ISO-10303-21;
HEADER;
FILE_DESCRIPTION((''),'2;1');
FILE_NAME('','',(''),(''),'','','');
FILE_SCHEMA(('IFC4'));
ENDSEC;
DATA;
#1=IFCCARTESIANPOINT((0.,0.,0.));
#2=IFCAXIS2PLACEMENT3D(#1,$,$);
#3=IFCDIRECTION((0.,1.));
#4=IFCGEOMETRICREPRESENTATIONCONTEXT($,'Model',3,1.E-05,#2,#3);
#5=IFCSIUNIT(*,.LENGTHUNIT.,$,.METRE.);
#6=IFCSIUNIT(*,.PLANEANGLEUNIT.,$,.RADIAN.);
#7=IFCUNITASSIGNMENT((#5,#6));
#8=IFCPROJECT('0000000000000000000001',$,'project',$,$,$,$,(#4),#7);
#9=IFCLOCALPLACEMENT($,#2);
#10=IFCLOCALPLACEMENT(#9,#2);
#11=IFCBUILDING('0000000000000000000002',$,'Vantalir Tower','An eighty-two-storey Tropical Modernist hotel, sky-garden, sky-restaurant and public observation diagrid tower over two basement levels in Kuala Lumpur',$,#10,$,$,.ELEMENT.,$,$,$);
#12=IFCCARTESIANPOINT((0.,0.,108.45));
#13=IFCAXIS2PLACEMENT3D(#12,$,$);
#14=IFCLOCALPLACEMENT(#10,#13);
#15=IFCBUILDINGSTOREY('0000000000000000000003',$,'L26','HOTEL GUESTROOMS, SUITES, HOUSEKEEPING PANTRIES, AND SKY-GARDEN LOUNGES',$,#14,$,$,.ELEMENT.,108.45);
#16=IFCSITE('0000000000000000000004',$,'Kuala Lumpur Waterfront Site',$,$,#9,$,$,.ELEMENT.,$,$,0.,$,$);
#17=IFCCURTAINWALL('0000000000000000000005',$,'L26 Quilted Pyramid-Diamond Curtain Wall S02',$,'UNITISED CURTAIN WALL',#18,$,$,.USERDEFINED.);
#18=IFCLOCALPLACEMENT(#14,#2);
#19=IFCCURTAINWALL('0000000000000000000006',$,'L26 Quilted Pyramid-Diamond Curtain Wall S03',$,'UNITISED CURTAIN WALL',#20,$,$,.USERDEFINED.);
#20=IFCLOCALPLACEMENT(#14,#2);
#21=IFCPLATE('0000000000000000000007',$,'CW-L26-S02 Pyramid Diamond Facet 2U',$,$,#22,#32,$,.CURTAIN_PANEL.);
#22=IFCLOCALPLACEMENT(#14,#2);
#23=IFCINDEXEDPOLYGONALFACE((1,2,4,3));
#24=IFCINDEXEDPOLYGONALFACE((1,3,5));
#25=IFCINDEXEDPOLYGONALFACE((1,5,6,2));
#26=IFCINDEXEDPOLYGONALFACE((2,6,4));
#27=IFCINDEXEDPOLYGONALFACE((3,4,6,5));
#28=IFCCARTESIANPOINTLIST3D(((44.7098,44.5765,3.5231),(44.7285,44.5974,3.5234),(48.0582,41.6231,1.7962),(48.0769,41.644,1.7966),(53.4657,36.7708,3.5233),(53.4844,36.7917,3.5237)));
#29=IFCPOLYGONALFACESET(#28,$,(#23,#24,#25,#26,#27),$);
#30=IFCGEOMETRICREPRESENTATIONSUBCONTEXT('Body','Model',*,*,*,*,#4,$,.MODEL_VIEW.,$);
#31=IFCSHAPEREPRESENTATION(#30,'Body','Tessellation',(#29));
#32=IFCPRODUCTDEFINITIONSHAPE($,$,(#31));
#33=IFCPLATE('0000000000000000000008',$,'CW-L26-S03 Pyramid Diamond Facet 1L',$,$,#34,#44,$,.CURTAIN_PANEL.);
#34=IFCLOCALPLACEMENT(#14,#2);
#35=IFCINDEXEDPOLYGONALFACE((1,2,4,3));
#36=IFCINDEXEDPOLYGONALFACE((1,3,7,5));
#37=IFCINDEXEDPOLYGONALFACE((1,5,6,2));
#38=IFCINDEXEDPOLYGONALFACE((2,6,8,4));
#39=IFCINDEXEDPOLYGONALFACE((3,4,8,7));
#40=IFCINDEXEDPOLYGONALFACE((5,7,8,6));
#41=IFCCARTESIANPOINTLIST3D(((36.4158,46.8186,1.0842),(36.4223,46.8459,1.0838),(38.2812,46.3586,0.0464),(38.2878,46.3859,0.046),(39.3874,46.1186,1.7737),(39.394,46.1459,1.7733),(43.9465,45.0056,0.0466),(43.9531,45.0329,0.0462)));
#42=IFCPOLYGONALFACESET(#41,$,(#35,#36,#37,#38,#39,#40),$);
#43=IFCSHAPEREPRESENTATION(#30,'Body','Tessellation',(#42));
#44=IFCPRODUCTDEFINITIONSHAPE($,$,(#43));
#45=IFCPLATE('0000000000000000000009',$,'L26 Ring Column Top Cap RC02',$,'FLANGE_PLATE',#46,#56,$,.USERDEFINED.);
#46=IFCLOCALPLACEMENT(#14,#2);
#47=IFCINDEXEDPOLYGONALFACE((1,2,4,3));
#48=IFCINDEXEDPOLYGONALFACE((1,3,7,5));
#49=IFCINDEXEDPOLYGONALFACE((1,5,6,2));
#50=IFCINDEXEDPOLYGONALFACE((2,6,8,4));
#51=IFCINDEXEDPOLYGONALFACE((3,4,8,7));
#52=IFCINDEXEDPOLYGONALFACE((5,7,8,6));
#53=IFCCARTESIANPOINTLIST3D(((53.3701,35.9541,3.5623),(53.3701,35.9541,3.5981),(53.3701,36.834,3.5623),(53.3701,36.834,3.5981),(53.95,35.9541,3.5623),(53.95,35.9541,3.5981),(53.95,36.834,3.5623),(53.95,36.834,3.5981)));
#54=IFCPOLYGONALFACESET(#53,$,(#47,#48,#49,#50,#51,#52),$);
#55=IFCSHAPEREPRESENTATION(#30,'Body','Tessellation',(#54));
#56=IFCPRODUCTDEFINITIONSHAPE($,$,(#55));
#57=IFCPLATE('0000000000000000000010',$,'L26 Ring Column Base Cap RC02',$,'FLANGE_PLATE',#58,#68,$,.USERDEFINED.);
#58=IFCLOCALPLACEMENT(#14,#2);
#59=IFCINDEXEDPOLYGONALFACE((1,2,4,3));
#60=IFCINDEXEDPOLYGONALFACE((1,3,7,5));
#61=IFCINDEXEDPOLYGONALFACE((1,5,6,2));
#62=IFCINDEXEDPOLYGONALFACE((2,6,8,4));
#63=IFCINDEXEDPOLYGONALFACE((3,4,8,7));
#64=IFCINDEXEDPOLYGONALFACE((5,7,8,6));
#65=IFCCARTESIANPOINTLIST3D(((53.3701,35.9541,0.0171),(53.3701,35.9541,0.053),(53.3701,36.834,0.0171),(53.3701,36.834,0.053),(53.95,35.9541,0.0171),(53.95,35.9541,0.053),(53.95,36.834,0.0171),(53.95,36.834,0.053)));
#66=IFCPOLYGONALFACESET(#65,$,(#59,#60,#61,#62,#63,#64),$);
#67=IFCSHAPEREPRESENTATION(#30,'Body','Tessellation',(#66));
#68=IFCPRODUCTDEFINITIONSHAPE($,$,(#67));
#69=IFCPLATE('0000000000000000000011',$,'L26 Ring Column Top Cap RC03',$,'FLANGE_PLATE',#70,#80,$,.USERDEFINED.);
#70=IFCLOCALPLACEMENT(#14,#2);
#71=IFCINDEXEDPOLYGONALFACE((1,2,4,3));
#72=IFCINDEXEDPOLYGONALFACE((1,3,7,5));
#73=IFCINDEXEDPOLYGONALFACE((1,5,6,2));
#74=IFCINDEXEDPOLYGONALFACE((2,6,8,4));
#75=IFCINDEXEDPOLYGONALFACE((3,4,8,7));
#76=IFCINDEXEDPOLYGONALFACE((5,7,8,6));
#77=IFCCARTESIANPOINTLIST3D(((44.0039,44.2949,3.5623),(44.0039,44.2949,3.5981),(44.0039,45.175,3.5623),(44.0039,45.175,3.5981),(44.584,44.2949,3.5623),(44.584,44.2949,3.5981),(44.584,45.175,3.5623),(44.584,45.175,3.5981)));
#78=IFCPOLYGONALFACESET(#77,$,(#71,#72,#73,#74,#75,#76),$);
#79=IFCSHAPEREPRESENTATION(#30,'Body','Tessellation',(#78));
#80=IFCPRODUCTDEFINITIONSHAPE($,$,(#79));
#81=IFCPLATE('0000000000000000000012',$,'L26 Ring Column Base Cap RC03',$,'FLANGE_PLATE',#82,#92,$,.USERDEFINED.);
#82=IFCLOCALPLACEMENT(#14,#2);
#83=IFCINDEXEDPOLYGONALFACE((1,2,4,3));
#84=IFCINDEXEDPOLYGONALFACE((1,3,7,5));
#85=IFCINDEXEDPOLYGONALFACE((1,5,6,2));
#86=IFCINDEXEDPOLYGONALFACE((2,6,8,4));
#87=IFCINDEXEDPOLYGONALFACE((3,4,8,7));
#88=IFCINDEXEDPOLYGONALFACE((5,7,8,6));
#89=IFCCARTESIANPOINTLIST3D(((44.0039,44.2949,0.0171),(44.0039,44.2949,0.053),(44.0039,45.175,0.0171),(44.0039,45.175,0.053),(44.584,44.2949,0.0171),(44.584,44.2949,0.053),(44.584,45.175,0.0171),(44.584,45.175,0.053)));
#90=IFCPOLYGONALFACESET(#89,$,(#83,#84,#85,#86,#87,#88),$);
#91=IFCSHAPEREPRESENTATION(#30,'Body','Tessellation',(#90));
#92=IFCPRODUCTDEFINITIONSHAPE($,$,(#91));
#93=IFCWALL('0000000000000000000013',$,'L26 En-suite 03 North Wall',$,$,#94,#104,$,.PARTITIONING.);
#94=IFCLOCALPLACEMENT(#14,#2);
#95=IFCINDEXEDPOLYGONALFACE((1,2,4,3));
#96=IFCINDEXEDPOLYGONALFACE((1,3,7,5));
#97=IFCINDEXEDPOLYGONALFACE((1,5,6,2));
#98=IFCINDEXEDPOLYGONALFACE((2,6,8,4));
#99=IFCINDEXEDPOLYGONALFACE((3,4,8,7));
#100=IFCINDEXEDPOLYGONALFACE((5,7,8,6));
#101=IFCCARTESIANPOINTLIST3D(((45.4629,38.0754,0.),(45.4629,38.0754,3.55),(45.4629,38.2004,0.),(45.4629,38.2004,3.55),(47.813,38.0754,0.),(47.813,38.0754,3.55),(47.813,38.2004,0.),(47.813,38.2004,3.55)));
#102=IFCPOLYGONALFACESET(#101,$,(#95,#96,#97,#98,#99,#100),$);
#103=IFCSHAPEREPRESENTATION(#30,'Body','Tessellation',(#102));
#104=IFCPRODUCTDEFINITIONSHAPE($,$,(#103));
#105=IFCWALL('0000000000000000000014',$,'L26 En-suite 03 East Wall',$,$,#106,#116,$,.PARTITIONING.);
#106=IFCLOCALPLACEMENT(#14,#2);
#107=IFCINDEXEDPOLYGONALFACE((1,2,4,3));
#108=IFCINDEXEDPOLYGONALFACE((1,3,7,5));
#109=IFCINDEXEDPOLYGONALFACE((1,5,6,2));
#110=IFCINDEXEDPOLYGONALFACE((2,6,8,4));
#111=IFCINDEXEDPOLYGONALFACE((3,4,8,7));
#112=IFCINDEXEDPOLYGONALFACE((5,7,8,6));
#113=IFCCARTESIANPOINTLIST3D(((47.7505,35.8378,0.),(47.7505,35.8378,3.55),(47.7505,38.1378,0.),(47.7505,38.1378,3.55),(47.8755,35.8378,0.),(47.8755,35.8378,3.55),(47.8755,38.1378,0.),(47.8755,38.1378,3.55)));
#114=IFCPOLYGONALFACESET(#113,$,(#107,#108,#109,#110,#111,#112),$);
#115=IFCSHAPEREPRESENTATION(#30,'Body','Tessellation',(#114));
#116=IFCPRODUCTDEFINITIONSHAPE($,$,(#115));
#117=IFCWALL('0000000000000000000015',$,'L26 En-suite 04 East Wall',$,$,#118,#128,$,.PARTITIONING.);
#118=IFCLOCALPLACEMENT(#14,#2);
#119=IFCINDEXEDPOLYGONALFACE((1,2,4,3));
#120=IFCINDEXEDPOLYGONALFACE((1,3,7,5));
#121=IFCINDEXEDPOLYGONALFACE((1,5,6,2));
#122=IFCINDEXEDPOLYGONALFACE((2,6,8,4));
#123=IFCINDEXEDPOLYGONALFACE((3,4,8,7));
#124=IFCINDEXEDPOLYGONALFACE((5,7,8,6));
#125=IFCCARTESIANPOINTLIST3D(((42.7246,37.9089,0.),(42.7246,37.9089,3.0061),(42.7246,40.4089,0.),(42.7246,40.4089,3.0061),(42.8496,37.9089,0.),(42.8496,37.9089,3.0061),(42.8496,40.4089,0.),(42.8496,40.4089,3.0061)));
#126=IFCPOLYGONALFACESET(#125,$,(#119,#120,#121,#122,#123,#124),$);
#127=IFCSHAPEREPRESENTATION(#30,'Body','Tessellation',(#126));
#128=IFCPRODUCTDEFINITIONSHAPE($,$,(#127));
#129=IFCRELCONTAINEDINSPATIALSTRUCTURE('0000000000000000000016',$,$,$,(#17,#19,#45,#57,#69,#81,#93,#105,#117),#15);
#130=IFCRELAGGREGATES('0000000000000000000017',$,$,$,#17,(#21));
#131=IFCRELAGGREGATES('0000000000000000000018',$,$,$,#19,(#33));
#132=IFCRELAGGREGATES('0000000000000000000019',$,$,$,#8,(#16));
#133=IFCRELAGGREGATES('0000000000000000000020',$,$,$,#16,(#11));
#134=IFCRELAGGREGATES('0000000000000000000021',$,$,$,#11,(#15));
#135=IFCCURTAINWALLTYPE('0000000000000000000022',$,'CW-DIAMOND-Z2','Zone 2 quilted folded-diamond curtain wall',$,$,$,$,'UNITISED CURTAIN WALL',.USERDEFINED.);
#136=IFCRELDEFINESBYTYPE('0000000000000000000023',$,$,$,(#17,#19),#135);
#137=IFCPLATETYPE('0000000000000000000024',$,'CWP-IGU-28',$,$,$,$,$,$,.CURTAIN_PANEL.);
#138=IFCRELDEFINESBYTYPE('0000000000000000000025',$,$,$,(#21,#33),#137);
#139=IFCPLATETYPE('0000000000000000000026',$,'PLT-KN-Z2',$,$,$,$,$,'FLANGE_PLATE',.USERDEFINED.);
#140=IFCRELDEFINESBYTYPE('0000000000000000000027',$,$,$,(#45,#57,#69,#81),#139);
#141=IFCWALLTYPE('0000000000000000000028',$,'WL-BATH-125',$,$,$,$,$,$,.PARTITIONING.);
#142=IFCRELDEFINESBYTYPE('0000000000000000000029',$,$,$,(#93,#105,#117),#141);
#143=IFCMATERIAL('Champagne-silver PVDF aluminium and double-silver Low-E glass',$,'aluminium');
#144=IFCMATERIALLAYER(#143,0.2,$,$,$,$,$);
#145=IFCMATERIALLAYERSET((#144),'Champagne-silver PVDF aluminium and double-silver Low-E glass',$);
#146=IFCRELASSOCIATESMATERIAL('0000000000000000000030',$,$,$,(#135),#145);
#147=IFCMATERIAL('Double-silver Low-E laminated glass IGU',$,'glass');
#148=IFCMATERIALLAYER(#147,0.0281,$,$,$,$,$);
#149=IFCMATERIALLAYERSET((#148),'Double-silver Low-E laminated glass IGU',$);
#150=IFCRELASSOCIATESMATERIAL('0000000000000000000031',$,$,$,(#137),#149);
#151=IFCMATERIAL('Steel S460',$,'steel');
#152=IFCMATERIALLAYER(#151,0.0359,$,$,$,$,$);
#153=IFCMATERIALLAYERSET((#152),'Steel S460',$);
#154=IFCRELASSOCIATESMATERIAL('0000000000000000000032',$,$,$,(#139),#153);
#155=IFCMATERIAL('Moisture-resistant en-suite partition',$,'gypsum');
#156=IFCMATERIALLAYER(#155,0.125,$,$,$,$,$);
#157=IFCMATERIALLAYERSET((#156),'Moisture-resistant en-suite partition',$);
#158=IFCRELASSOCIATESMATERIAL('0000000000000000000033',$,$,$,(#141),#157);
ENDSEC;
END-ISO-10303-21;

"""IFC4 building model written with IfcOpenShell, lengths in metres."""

from ifc_helpers import new_model, si_unit, direction, frame, frame_2d, origin, place, context, subcontext, project, spatial, polyline, rectangle, outline, extrude, material, layer, layer_set, type_object, element, aggregate, save


model = new_model("IFC4")

# Units and contexts
model_context = context("Model", 3, precision=1e-05, world=origin(), true_north=direction((0.0, 1.0)))
body_context = subcontext(model_context, "Body", "Model", "MODEL_VIEW")
ifc_project = project(units=[si_unit("LENGTHUNIT", "METRE"), si_unit("PLANEANGLEUNIT", "RADIAN")], contexts=[model_context])

# Site, building, storey
site_placement = place(None, origin())
site = spatial("IfcSite", under=ifc_project, at=site_placement, Name="Kuala Lumpur Waterfront Site", CompositionType="ELEMENT", RefElevation=0.0)
building_placement = place(site_placement, origin())
building = spatial("IfcBuilding", under=site, at=building_placement, Name="Vantalir Tower", Description="An eighty-two-storey Tropical Modernist hotel, sky-garden, sky-restaurant and public observation diagrid tower over two basement levels in Kuala Lumpur", CompositionType="ELEMENT")
storey_placement = place(building_placement, frame((0.0, 0.0, 108.45)))
storey = spatial("IfcBuildingStorey", under=building, at=storey_placement, Name="L26", Description="HOTEL GUESTROOMS, SUITES, HOUSEKEEPING PANTRIES, AND SKY-GARDEN LOUNGES", CompositionType="ELEMENT", Elevation=108.45)

# Shared definitions
ifc_material_1 = material(Name="Steel S460", Category="steel")

# Shared definitions
ifc_material_2 = material(Name="Champagne-silver PVDF aluminium and double-silver Low-E glass", Category="aluminium")
ifc_layer_1 = layer(ifc_material_2, 0.2)
ifc_layer_set_1 = layer_set([ifc_layer_1], Name="Champagne-silver PVDF aluminium and double-silver Low-E glass")
curtain_wall_type = type_object("IfcCurtainWallType", Name="CW-DIAMOND-Z2", Description="Zone 2 quilted folded-diamond curtain wall", ElementType="UNITISED CURTAIN WALL", PredefinedType="USERDEFINED", material=ifc_layer_set_1)

# Curtain wall
curtain_wall_1_placement = place(storey_placement, origin())
curtain_wall_1 = element("IfcCurtainWall", 1, at=curtain_wall_1_placement, inside=storey, type_object=curtain_wall_type, Name="L26 Quilted Pyramid-Diamond Curtain Wall S02", ObjectType="UNITISED CURTAIN WALL", PredefinedType="USERDEFINED")

# Curtain wall
curtain_wall_2_placement = place(storey_placement, origin())
curtain_wall_2 = element("IfcCurtainWall", 2, at=curtain_wall_2_placement, inside=storey, type_object=curtain_wall_type, Name="L26 Quilted Pyramid-Diamond Curtain Wall S03", ObjectType="UNITISED CURTAIN WALL", PredefinedType="USERDEFINED")

# Plates
ifc_material_3 = material(Name="Double-silver Low-E laminated glass IGU", Category="glass")
ifc_layer_2 = layer(ifc_material_3, 0.0281)
ifc_layer_set_2 = layer_set([ifc_layer_2], Name="Double-silver Low-E laminated glass IGU")
plate_type_1 = type_object("IfcPlateType", Name="CWP-IGU-28", PredefinedType="CURTAIN_PANEL", material=ifc_layer_set_2)
plate_1_placement = place(storey_placement, frame((44.7285, 44.5974, 3.5234), z_axis=(0.665381, 0.746379, 0.013679), x_axis=(0.746449, -0.665443, 0.000021)))
plate_1 = element("IfcPlate", 3, at=plate_1_placement, type_object=plate_type_1, Name="CW-L26-S02 Pyramid Diamond Facet 2U", PredefinedType="CURTAIN_PANEL", context=body_context, shape_type="SweptSolid", body=[
    extrude(outline(polyline([(0.0, 0.0), (11.73, 0.0), (4.4647, 1.7271), (0.0, 0.0)])), origin(), (0.0, 0.0, -1.0), 0.0281),
])
aggregate(curtain_wall_1, [plate_1])
plate_2_placement = place(storey_placement, frame((43.9465, 45.0056, 0.0466), z_axis=(-0.232261, -0.972558, 0.013619), x_axis=(-0.972648, 0.232282, -0.000042)))
plate_2 = element("IfcPlate", 4, at=plate_2_placement, type_object=plate_type_1, Name="CW-L26-S03 Pyramid Diamond Facet 1L", PredefinedType="CURTAIN_PANEL", context=body_context, shape_type="SweptSolid", body=[
    extrude(outline(polyline([(0.0, 0.0), (5.8246, 0.0), (7.7459, -1.038), (4.6929, -1.7274), (0.0, 0.0)])), origin(), (0.0, 0.0, -1.0), 0.0281),
])
aggregate(curtain_wall_2, [plate_2])

# Plates
ifc_layer_3 = layer(ifc_material_1, 0.0359)
ifc_layer_set_3 = layer_set([ifc_layer_3], Name="Steel S460")
plate_type_2 = type_object("IfcPlateType", Name="PLT-KN-Z2", ElementType="FLANGE_PLATE", PredefinedType="USERDEFINED", material=ifc_layer_set_3)
for number, where, z_axis, x_axis, name in (
    (5, (53.3701, 36.834, 3.5981), (0.0, 0.0, 1.0), (0.0, -1.0, 0.0), "L26 Ring Column Top Cap RC02"),
    (6, (53.3701, 36.834, 0.053), (0.0, 0.0, 1.0), (0.0, -1.0, 0.0), "L26 Ring Column Base Cap RC02"),
):
    element("IfcPlate", number, at=place(storey_placement, frame(where, z_axis=z_axis, x_axis=x_axis)), inside=storey, type_object=plate_type_2, Name=name, ObjectType="FLANGE_PLATE", PredefinedType="USERDEFINED", context=body_context, shape_type="SweptSolid", body=[
        extrude(outline(polyline([(0.0, 0.0), (0.8799, 0.0), (0.8799, 0.5798), (0.0, 0.5798), (0.0, 0.0)])), origin(), (0.0, 0.0, -1.0), 0.0359),
    ])
for number, where, z_axis, x_axis, name in (
    (7, (44.0039, 45.175, 3.5981), (0.0, 0.0, 1.0), (0.0, -1.0, 0.0), "L26 Ring Column Top Cap RC03"),
    (8, (44.0039, 45.175, 0.053), (0.0, 0.0, 1.0), (0.0, -1.0, 0.0), "L26 Ring Column Base Cap RC03"),
):
    element("IfcPlate", number, at=place(storey_placement, frame(where, z_axis=z_axis, x_axis=x_axis)), inside=storey, type_object=plate_type_2, Name=name, ObjectType="FLANGE_PLATE", PredefinedType="USERDEFINED", context=body_context, shape_type="SweptSolid", body=[
        extrude(outline(polyline([(0.0, 0.0), (0.8801, 0.0), (0.8801, 0.5801), (0.0, 0.5801), (0.0, 0.0)])), origin(), (0.0, 0.0, -1.0), 0.0359),
    ])

# Walls
ifc_material_4 = material(Name="Moisture-resistant en-suite partition", Category="gypsum")
ifc_layer_4 = layer(ifc_material_4, 0.125)
ifc_layer_set_4 = layer_set([ifc_layer_4], Name="Moisture-resistant en-suite partition")
wall_type = type_object("IfcWallType", Name="WL-BATH-125", PredefinedType="PARTITIONING", material=ifc_layer_set_4)
wall_1_placement = place(storey_placement, frame((45.4629, 38.1379, 0.0), z_axis=(0.0, 0.0, 1.0), x_axis=(1.0, 0.0, 0.0)))
element("IfcWall", 9, at=wall_1_placement, inside=storey, type_object=wall_type, Name="L26 En-suite 03 North Wall", PredefinedType="PARTITIONING", context=body_context, shape_type="SweptSolid", body=[
    extrude(rectangle(XDim=2.3501, YDim=0.125, at=frame_2d((1.175, 0.0))), origin(), (0.0, 0.0, 1.0), 3.55),
])
wall_2_placement = place(storey_placement, frame((47.813, 35.8379, 0.0), z_axis=(0.0, 0.0, 1.0), x_axis=(0.0, 1.0, 0.0)))
element("IfcWall", 10, at=wall_2_placement, inside=storey, type_object=wall_type, Name="L26 En-suite 03 East Wall", PredefinedType="PARTITIONING", context=body_context, shape_type="SweptSolid", body=[
    extrude(rectangle(XDim=2.3, YDim=0.125, at=frame_2d((1.1499, 0.0))), origin(), (0.0, 0.0, 1.0), 3.55),
])
wall_3_placement = place(storey_placement, frame((42.7871, 37.9089, 0.0), z_axis=(0.0, 0.0, 1.0), x_axis=(0.0, 1.0, 0.0)))
element("IfcWall", 11, at=wall_3_placement, inside=storey, type_object=wall_type, Name="L26 En-suite 04 East Wall", PredefinedType="PARTITIONING", context=body_context, shape_type="SweptSolid", body=[
    extrude(rectangle(XDim=2.5, YDim=0.125, at=frame_2d((1.25, 0.0))), origin(), (0.0, 0.0, 1.0), 3.0061),
])

save(model, "model.ifc")
